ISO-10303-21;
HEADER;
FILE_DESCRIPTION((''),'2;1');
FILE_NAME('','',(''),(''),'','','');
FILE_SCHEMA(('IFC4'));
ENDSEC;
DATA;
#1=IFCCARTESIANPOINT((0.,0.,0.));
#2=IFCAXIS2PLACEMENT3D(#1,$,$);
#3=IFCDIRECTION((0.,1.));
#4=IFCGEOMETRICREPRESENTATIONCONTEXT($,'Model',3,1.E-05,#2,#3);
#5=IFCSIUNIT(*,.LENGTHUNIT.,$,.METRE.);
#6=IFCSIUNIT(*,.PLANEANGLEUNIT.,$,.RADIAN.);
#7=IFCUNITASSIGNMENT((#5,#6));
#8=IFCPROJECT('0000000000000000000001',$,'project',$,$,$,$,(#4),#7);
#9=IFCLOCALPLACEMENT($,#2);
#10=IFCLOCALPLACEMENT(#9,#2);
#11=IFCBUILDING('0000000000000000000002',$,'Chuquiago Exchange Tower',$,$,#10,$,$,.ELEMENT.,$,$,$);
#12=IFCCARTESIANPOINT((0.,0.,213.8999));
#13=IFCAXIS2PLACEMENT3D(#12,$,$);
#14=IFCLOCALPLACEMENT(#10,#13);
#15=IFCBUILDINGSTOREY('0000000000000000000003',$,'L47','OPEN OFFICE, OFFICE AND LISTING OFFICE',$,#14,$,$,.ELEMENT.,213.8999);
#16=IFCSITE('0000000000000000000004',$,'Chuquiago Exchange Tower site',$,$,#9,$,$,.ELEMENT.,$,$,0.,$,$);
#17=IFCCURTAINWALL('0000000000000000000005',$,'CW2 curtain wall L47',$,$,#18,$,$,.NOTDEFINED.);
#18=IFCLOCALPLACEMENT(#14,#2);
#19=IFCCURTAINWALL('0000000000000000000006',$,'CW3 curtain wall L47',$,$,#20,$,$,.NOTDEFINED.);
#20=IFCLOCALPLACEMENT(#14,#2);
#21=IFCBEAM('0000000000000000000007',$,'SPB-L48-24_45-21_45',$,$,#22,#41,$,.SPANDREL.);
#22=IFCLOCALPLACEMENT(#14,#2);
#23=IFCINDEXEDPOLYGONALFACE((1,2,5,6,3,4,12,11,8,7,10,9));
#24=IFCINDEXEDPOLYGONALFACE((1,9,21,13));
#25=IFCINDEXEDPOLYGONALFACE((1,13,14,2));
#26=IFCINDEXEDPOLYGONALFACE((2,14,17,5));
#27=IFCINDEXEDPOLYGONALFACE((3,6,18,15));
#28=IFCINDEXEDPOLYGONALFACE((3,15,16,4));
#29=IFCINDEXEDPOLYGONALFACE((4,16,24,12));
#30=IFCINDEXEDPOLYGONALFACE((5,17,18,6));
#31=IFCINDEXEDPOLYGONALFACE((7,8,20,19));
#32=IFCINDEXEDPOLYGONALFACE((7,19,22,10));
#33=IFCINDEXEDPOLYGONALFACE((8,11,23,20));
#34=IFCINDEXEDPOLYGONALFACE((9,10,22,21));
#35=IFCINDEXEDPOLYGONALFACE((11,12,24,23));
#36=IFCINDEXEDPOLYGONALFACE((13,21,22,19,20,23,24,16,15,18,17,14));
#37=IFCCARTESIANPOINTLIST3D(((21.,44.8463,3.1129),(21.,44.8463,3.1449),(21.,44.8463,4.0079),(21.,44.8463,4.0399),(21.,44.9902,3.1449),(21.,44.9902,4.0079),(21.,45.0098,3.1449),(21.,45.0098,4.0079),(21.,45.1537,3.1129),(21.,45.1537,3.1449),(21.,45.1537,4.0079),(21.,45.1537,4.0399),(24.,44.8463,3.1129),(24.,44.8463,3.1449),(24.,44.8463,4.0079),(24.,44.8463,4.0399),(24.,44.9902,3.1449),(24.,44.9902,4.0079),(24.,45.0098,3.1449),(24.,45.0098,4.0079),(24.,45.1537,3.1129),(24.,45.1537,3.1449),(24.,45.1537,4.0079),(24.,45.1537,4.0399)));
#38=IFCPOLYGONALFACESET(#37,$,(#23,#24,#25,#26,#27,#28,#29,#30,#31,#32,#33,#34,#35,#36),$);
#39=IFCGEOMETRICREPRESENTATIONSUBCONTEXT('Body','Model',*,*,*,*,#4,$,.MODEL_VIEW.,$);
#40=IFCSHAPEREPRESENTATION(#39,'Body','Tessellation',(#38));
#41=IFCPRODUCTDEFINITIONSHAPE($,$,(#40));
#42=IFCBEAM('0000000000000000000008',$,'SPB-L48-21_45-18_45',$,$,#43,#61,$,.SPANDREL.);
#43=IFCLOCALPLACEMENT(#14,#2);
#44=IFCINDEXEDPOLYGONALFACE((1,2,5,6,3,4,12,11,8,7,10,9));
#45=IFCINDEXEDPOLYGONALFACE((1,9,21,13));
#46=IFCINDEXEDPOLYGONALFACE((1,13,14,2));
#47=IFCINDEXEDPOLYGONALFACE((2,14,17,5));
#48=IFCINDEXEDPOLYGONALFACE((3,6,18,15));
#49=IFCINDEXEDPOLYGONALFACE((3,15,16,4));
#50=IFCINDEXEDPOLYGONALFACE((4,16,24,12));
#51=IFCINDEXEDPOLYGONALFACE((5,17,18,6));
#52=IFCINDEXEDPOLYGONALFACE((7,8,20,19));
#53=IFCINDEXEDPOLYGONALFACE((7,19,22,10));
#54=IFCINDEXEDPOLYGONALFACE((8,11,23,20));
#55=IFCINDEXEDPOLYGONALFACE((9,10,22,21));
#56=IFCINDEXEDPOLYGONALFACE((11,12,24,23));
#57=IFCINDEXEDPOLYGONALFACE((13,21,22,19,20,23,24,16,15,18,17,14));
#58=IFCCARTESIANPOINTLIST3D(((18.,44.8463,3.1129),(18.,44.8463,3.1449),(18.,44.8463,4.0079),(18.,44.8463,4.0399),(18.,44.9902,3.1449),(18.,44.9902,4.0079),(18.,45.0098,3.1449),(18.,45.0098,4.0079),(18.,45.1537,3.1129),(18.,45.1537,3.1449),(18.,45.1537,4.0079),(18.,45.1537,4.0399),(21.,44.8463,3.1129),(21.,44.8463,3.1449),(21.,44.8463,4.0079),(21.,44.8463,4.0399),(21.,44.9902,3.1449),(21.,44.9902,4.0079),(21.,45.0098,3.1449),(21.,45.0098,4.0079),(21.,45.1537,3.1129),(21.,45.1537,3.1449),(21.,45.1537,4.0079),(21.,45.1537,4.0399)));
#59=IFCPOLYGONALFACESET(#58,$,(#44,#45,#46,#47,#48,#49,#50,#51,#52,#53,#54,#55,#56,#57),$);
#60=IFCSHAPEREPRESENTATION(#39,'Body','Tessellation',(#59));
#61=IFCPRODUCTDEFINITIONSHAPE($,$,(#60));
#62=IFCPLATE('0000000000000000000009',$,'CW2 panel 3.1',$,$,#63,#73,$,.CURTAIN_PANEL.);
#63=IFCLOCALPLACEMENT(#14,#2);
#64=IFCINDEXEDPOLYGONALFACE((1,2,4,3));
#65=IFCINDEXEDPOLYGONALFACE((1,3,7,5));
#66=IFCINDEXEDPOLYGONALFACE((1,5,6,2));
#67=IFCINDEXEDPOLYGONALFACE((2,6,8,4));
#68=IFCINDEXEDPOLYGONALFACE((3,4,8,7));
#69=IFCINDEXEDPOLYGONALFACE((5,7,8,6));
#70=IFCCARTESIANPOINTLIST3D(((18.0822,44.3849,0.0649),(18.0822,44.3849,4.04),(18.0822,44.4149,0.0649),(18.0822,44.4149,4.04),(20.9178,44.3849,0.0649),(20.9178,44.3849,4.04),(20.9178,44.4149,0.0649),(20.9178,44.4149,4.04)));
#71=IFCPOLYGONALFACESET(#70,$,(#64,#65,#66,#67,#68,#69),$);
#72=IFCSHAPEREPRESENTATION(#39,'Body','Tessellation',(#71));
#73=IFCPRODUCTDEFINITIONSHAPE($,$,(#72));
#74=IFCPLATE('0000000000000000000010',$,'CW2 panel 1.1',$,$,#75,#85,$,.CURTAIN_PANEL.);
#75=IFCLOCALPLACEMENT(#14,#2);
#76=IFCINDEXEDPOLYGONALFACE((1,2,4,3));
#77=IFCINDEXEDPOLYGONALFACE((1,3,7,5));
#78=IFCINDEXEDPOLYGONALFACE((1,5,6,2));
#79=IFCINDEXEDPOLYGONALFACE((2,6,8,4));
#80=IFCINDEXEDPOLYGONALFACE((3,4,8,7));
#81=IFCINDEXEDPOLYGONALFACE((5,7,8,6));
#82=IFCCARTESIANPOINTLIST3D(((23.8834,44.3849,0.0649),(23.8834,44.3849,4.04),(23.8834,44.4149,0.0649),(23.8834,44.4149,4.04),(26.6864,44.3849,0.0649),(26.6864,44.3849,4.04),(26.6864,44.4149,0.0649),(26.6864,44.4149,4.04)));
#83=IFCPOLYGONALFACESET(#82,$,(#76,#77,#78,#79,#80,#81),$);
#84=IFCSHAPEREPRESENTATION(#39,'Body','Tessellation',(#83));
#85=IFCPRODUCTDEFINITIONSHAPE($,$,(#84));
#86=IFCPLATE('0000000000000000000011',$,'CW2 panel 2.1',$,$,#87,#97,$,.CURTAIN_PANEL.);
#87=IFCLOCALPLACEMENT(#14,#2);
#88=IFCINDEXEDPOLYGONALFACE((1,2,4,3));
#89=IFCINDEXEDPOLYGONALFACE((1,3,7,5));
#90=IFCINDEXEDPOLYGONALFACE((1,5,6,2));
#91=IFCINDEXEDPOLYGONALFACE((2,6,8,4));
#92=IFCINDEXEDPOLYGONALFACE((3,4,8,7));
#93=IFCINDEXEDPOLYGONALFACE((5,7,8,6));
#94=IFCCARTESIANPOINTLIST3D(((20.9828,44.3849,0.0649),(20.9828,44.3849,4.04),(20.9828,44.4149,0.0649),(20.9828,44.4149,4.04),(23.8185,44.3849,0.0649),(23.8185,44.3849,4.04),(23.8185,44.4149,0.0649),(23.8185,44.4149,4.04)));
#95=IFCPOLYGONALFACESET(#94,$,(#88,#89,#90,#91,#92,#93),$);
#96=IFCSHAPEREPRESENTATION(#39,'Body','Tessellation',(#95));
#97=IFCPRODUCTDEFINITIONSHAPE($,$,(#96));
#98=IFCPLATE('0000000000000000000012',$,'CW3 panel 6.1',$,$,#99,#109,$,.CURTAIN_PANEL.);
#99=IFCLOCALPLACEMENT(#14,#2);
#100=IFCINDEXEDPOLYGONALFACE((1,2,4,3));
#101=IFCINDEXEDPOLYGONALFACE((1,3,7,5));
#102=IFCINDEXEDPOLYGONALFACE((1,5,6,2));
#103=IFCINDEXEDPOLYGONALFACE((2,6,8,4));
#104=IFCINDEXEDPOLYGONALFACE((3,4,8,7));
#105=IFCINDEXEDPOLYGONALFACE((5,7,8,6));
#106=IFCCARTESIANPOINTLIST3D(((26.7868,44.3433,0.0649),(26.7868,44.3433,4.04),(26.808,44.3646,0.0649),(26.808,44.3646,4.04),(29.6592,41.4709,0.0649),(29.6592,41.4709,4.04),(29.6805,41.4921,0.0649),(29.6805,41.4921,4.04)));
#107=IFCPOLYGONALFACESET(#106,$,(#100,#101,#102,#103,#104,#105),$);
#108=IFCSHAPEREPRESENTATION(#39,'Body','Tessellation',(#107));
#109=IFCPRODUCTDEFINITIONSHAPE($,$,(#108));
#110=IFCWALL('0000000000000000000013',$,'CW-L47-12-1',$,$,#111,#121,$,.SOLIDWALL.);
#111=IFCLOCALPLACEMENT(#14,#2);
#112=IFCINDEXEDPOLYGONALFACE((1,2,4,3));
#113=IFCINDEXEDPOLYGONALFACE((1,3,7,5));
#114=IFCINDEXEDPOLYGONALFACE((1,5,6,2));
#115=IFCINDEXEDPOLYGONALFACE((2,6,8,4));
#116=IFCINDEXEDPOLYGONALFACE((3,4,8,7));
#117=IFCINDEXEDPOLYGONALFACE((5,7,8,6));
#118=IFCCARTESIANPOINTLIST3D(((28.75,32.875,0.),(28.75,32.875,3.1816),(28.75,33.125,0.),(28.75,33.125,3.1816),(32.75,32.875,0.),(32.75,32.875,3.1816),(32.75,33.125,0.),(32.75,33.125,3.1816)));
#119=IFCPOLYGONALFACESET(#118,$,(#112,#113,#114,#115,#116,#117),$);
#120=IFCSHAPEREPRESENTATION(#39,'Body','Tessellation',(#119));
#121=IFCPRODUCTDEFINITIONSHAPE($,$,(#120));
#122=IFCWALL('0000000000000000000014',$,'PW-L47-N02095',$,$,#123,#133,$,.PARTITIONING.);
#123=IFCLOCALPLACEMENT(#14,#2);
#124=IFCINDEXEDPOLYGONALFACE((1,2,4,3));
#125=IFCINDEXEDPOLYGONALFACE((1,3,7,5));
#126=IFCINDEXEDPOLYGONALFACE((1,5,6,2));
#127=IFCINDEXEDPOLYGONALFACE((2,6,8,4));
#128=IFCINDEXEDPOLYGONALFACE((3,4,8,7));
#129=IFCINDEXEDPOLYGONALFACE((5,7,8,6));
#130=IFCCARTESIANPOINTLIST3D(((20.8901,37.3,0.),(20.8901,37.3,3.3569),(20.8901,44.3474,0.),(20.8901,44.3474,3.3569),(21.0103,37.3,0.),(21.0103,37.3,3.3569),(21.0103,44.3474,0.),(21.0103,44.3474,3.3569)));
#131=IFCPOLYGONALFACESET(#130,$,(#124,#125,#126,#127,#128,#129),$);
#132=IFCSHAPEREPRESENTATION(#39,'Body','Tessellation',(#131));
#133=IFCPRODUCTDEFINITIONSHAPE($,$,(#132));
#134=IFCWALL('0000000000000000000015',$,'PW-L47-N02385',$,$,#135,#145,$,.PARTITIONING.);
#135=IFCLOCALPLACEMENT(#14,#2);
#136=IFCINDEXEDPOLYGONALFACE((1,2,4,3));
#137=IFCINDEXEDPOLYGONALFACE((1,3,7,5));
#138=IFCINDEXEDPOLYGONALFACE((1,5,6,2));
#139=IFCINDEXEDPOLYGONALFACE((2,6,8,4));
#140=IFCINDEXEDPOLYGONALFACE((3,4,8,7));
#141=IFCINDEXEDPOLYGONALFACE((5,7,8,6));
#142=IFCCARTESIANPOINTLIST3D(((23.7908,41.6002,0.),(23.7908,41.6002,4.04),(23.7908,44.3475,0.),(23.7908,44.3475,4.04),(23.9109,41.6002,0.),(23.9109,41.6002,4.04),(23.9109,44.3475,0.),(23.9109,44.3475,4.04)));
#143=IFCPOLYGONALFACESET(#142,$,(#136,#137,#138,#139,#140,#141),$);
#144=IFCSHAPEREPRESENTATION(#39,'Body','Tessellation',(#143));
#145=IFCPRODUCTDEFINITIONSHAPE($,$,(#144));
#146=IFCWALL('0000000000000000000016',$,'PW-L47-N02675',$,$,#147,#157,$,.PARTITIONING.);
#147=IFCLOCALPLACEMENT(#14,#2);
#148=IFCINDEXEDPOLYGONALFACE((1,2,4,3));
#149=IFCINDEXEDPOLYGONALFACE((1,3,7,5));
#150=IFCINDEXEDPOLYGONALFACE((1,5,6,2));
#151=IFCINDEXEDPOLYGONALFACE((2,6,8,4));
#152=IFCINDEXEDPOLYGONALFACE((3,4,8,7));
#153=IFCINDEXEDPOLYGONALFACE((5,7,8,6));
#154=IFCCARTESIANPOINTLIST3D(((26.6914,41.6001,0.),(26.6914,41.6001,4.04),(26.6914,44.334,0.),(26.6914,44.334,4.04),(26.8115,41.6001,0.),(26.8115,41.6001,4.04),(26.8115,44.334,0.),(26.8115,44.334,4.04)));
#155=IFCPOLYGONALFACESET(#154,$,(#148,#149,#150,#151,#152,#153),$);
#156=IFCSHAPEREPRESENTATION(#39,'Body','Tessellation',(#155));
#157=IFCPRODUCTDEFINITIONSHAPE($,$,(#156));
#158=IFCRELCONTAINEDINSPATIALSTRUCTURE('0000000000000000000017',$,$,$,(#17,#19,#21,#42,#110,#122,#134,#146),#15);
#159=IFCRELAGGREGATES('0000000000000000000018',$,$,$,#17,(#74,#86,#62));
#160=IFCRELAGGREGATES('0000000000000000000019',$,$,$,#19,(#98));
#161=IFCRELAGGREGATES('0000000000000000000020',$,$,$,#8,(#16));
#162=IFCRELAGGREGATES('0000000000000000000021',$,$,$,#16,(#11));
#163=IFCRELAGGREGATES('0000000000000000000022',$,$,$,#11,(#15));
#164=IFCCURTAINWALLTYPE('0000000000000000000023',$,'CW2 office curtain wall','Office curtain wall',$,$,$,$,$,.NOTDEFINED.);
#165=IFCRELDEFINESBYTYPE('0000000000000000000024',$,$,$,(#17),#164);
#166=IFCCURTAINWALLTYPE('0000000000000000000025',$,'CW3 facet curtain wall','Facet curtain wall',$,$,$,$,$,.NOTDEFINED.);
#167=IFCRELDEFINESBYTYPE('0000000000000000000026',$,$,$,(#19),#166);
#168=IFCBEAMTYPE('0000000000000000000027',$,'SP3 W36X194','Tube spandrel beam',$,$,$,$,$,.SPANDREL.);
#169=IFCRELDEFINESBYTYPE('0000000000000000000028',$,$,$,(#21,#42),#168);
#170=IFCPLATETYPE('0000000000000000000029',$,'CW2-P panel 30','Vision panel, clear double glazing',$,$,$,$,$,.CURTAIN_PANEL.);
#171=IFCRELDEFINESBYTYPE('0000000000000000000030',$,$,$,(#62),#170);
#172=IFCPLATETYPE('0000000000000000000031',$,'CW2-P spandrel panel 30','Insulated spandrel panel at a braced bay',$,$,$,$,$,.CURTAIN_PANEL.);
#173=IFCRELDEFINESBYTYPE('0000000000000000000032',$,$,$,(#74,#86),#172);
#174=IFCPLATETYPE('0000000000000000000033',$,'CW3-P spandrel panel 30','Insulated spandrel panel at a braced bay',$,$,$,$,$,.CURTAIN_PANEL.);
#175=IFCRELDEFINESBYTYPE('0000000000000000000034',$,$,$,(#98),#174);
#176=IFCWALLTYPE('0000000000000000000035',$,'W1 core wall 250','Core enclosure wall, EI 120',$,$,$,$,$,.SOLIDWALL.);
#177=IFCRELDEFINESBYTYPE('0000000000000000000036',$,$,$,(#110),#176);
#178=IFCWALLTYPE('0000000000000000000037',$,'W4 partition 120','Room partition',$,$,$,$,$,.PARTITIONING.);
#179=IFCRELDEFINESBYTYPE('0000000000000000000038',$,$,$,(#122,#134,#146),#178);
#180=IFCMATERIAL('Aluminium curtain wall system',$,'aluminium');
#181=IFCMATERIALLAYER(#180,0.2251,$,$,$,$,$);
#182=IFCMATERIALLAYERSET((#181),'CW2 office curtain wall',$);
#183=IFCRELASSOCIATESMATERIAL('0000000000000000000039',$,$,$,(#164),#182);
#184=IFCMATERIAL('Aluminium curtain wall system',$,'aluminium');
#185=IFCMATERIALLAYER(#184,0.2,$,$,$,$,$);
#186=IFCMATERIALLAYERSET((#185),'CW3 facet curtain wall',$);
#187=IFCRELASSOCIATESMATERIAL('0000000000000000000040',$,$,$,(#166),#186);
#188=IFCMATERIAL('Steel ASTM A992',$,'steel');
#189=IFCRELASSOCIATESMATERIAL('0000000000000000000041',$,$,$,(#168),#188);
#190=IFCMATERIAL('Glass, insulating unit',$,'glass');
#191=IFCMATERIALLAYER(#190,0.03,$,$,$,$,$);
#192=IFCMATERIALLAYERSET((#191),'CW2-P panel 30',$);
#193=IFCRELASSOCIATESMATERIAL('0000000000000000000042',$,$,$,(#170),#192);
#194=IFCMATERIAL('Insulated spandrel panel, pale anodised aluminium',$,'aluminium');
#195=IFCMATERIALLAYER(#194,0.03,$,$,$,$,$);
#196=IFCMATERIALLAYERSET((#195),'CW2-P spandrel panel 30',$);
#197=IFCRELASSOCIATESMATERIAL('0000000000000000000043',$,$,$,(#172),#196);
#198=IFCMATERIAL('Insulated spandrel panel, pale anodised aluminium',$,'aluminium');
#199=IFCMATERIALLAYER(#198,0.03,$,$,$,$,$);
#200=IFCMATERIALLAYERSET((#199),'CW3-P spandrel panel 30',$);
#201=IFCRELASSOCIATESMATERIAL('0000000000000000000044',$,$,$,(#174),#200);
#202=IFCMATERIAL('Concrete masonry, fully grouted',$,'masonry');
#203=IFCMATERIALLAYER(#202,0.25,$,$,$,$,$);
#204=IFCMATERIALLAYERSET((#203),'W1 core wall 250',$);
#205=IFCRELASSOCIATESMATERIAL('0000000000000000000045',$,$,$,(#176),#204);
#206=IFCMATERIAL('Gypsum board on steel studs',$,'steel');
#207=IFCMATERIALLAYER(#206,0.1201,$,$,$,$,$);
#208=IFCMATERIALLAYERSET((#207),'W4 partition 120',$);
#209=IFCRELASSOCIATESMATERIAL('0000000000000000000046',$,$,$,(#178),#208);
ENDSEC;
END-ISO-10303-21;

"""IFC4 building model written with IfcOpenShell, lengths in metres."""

from ifc_helpers import new_model, si_unit, direction, frame, frame_2d, origin, origin_2d, place, context, subcontext, project, spatial, rectangle, i_section, extrude, material, layer, layer_set, material_profile, profile_set, type_object, element, aggregate, save


model = new_model("IFC4")

# Units and contexts
model_context = context("Model", 3, precision=1e-05, world=origin(), true_north=direction((0.0, 1.0)))
body_context = subcontext(model_context, "Body", "Model", "MODEL_VIEW")
ifc_project = project(units=[si_unit("LENGTHUNIT", "METRE"), si_unit("PLANEANGLEUNIT", "RADIAN")], contexts=[model_context])

# Site, building, storey
site_placement = place(None, origin())
site = spatial("IfcSite", under=ifc_project, at=site_placement, Name="Chuquiago Exchange Tower site", CompositionType="ELEMENT", RefElevation=0.0)
building_placement = place(site_placement, origin())
building = spatial("IfcBuilding", under=site, at=building_placement, Name="Chuquiago Exchange Tower", CompositionType="ELEMENT")
storey_placement = place(building_placement, frame((0.0, 0.0, 213.8999)))
storey = spatial("IfcBuildingStorey", under=building, at=storey_placement, Name="L47", Description="OPEN OFFICE, OFFICE AND LISTING OFFICE", CompositionType="ELEMENT", Elevation=213.8999)

# Curtain walls
ifc_material_1 = material(Name="Aluminium curtain wall system", Category="aluminium")
ifc_layer_1 = layer(ifc_material_1, 0.2251)
ifc_layer_set_1 = layer_set([ifc_layer_1], Name="CW2 office curtain wall")
curtain_wall_type_1 = type_object("IfcCurtainWallType", Name="CW2 office curtain wall", Description="Office curtain wall", PredefinedType="NOTDEFINED", material=ifc_layer_set_1)
curtain_wall_1_placement = place(storey_placement, origin())
curtain_wall_1 = element("IfcCurtainWall", 1, at=curtain_wall_1_placement, inside=storey, type_object=curtain_wall_type_1, Name="CW2 curtain wall L47", PredefinedType="NOTDEFINED")
ifc_material_2 = material(Name="Aluminium curtain wall system", Category="aluminium")
ifc_layer_2 = layer(ifc_material_2, 0.2)
ifc_layer_set_2 = layer_set([ifc_layer_2], Name="CW3 facet curtain wall")
curtain_wall_type_2 = type_object("IfcCurtainWallType", Name="CW3 facet curtain wall", Description="Facet curtain wall", PredefinedType="NOTDEFINED", material=ifc_layer_set_2)
curtain_wall_2_placement = place(storey_placement, origin())
curtain_wall_2 = element("IfcCurtainWall", 2, at=curtain_wall_2_placement, inside=storey, type_object=curtain_wall_type_2, Name="CW3 curtain wall L47", PredefinedType="NOTDEFINED")

# Beams
ifc_material_3 = material(Name="Steel ASTM A992", Category="steel")
ifc_material_profile_1 = material_profile(ifc_material_3, i_section(OverallWidth=0.3074, OverallDepth=0.927, WebThickness=0.0195, FlangeThickness=0.032, at=origin_2d()), Name="W36X194")
ifc_profile_set_1 = profile_set([ifc_material_profile_1], Name="Steel ASTM A992")
beam_type_1 = type_object("IfcBeamType", Name="SP3 W36X194", Description="Tube spandrel beam", PredefinedType="SPANDREL", material=ifc_profile_set_1)
for number, where, z_axis, x_axis, name in (
    (3, (24.0, 45.0, 3.5764), (-1.0, 0.0, 0.0), (0.0, -1.0, 0.0), "SPB-L48-24_45-21_45"),
    (4, (21.0, 45.0, 3.5764), (-1.0, 0.0, 0.0), (0.0, -1.0, 0.0), "SPB-L48-21_45-18_45"),
):
    element("IfcBeam", number, at=place(storey_placement, frame(where, z_axis=z_axis, x_axis=x_axis)), inside=storey, type_object=beam_type_1, Name=name, PredefinedType="SPANDREL", context=body_context, shape_type="SweptSolid", body=[
        extrude(i_section(OverallWidth=0.3074, OverallDepth=0.927, WebThickness=0.0195, FlangeThickness=0.032, at=origin_2d()), origin(), (0.0, 0.0, 1.0), 3.0),
    ])

# Plates
ifc_material_4 = material(Name="Glass, insulating unit", Category="glass")
ifc_layer_3 = layer(ifc_material_4, 0.03)
ifc_layer_set_3 = layer_set([ifc_layer_3], Name="CW2-P panel 30")
plate_type_1 = type_object("IfcPlateType", Name="CW2-P panel 30", Description="Vision panel, clear double glazing", PredefinedType="CURTAIN_PANEL", material=ifc_layer_set_3)
plate_1_placement = place(storey_placement, frame((19.5, 44.3999, 0.0649), z_axis=(0.0, 0.0, 1.0), x_axis=(-1.0, 0.0, 0.0)))
plate_1 = element("IfcPlate", 5, at=plate_1_placement, type_object=plate_type_1, Name="CW2 panel 3.1", PredefinedType="CURTAIN_PANEL", context=body_context, shape_type="SweptSolid", body=[
    extrude(rectangle(XDim=2.8357, YDim=0.03, at=origin_2d()), origin(), (0.0, 0.0, 1.0), 3.9751),
])
ifc_material_5 = material(Name="Insulated spandrel panel, pale anodised aluminium", Category="aluminium")
ifc_layer_4 = layer(ifc_material_5, 0.03)
ifc_layer_set_4 = layer_set([ifc_layer_4], Name="CW2-P spandrel panel 30")
plate_type_2 = type_object("IfcPlateType", Name="CW2-P spandrel panel 30", Description="Insulated spandrel panel at a braced bay", PredefinedType="CURTAIN_PANEL", material=ifc_layer_set_4)
plate_2_placement = place(storey_placement, frame((25.2849, 44.3999, 0.0649), z_axis=(0.0, 0.0, 1.0), x_axis=(-1.0, 0.0, 0.0)))
plate_2 = element("IfcPlate", 6, at=plate_2_placement, type_object=plate_type_2, Name="CW2 panel 1.1", PredefinedType="CURTAIN_PANEL", context=body_context, shape_type="SweptSolid", body=[
    extrude(rectangle(XDim=2.803, YDim=0.03, at=origin_2d()), origin(), (0.0, 0.0, 1.0), 3.9751),
])
plate_3_placement = place(storey_placement, frame((22.4006, 44.3999, 0.0649), z_axis=(0.0, 0.0, 1.0), x_axis=(-1.0, 0.0, 0.0)))
plate_3 = element("IfcPlate", 7, at=plate_3_placement, type_object=plate_type_2, Name="CW2 panel 2.1", PredefinedType="CURTAIN_PANEL", context=body_context, shape_type="SweptSolid", body=[
    extrude(rectangle(XDim=2.8357, YDim=0.03, at=origin_2d()), origin(), (0.0, 0.0, 1.0), 3.9751),
])
aggregate(curtain_wall_1, [plate_2, plate_3, plate_1])
ifc_material_6 = material(Name="Insulated spandrel panel, pale anodised aluminium", Category="aluminium")
ifc_layer_5 = layer(ifc_material_6, 0.03)
ifc_layer_set_5 = layer_set([ifc_layer_5], Name="CW3-P spandrel panel 30")
plate_type_3 = type_object("IfcPlateType", Name="CW3-P spandrel panel 30", Description="Insulated spandrel panel at a braced bay", PredefinedType="CURTAIN_PANEL", material=ifc_layer_set_5)
plate_4_placement = place(storey_placement, frame((28.2336, 42.9177, 0.0649), z_axis=(0.0, 0.0, 1.0), x_axis=(-0.707107, 0.707107, 0.0)))
plate_4 = element("IfcPlate", 8, at=plate_4_placement, type_object=plate_type_3, Name="CW3 panel 6.1", PredefinedType="CURTAIN_PANEL", context=body_context, shape_type="SweptSolid", body=[
    extrude(rectangle(XDim=4.0623, YDim=0.03, at=origin_2d()), origin(), (0.0, 0.0, 1.0), 3.9751),
])
aggregate(curtain_wall_2, [plate_4])

# Walls
ifc_material_7 = material(Name="Concrete masonry, fully grouted", Category="masonry")
ifc_layer_6 = layer(ifc_material_7, 0.25)
ifc_layer_set_6 = layer_set([ifc_layer_6], Name="W1 core wall 250")
wall_type_1 = type_object("IfcWallType", Name="W1 core wall 250", Description="Core enclosure wall, EI 120", PredefinedType="SOLIDWALL", material=ifc_layer_set_6)
wall_1_placement = place(storey_placement, frame((28.75, 33.0, 0.0), z_axis=(0.0, 0.0, 1.0), x_axis=(1.0, 0.0, 0.0)))
element("IfcWall", 9, at=wall_1_placement, inside=storey, type_object=wall_type_1, Name="CW-L47-12-1", PredefinedType="SOLIDWALL", context=body_context, shape_type="SweptSolid", body=[
    extrude(rectangle(XDim=4.0, YDim=0.25, at=frame_2d((2.0, 0.0))), origin(), (0.0, 0.0, 1.0), 3.1816),
])
ifc_material_8 = material(Name="Gypsum board on steel studs", Category="steel")
ifc_layer_7 = layer(ifc_material_8, 0.1201)
ifc_layer_set_7 = layer_set([ifc_layer_7], Name="W4 partition 120")
wall_type_2 = type_object("IfcWallType", Name="W4 partition 120", Description="Room partition", PredefinedType="PARTITIONING", material=ifc_layer_set_7)
wall_2_placement = place(storey_placement, frame((20.9502, 44.3474, 0.0), z_axis=(0.0, 0.0, 1.0), x_axis=(0.0, -1.0, 0.0)))
element("IfcWall", 10, at=wall_2_placement, inside=storey, type_object=wall_type_2, Name="PW-L47-N02095", PredefinedType="PARTITIONING", context=body_context, shape_type="SweptSolid", body=[
    extrude(rectangle(XDim=7.0474, YDim=0.1201, at=frame_2d((3.5237, 0.0))), origin(), (0.0, 0.0, 1.0), 3.3569),
])
wall_3_placement = place(storey_placement, frame((23.8508, 44.3474, 0.0), z_axis=(0.0, 0.0, 1.0), x_axis=(0.0, -1.0, 0.0)))
element("IfcWall", 11, at=wall_3_placement, inside=storey, type_object=wall_type_2, Name="PW-L47-N02385", PredefinedType="PARTITIONING", context=body_context, shape_type="SweptSolid", body=[
    extrude(rectangle(XDim=2.7473, YDim=0.1201, at=frame_2d((1.3735, 0.0))), origin(), (0.0, 0.0, 1.0), 4.04),
])
wall_4_placement = place(storey_placement, frame((26.7515, 44.334, 0.0), z_axis=(0.0, 0.0, 1.0), x_axis=(0.0, -1.0, 0.0)))
element("IfcWall", 12, at=wall_4_placement, inside=storey, type_object=wall_type_2, Name="PW-L47-N02675", PredefinedType="PARTITIONING", context=body_context, shape_type="SweptSolid", body=[
    extrude(rectangle(XDim=2.7339, YDim=0.1201, at=frame_2d((1.3669, 0.0))), origin(), (0.0, 0.0, 1.0), 4.04),
])

save(model, "model.ifc")
